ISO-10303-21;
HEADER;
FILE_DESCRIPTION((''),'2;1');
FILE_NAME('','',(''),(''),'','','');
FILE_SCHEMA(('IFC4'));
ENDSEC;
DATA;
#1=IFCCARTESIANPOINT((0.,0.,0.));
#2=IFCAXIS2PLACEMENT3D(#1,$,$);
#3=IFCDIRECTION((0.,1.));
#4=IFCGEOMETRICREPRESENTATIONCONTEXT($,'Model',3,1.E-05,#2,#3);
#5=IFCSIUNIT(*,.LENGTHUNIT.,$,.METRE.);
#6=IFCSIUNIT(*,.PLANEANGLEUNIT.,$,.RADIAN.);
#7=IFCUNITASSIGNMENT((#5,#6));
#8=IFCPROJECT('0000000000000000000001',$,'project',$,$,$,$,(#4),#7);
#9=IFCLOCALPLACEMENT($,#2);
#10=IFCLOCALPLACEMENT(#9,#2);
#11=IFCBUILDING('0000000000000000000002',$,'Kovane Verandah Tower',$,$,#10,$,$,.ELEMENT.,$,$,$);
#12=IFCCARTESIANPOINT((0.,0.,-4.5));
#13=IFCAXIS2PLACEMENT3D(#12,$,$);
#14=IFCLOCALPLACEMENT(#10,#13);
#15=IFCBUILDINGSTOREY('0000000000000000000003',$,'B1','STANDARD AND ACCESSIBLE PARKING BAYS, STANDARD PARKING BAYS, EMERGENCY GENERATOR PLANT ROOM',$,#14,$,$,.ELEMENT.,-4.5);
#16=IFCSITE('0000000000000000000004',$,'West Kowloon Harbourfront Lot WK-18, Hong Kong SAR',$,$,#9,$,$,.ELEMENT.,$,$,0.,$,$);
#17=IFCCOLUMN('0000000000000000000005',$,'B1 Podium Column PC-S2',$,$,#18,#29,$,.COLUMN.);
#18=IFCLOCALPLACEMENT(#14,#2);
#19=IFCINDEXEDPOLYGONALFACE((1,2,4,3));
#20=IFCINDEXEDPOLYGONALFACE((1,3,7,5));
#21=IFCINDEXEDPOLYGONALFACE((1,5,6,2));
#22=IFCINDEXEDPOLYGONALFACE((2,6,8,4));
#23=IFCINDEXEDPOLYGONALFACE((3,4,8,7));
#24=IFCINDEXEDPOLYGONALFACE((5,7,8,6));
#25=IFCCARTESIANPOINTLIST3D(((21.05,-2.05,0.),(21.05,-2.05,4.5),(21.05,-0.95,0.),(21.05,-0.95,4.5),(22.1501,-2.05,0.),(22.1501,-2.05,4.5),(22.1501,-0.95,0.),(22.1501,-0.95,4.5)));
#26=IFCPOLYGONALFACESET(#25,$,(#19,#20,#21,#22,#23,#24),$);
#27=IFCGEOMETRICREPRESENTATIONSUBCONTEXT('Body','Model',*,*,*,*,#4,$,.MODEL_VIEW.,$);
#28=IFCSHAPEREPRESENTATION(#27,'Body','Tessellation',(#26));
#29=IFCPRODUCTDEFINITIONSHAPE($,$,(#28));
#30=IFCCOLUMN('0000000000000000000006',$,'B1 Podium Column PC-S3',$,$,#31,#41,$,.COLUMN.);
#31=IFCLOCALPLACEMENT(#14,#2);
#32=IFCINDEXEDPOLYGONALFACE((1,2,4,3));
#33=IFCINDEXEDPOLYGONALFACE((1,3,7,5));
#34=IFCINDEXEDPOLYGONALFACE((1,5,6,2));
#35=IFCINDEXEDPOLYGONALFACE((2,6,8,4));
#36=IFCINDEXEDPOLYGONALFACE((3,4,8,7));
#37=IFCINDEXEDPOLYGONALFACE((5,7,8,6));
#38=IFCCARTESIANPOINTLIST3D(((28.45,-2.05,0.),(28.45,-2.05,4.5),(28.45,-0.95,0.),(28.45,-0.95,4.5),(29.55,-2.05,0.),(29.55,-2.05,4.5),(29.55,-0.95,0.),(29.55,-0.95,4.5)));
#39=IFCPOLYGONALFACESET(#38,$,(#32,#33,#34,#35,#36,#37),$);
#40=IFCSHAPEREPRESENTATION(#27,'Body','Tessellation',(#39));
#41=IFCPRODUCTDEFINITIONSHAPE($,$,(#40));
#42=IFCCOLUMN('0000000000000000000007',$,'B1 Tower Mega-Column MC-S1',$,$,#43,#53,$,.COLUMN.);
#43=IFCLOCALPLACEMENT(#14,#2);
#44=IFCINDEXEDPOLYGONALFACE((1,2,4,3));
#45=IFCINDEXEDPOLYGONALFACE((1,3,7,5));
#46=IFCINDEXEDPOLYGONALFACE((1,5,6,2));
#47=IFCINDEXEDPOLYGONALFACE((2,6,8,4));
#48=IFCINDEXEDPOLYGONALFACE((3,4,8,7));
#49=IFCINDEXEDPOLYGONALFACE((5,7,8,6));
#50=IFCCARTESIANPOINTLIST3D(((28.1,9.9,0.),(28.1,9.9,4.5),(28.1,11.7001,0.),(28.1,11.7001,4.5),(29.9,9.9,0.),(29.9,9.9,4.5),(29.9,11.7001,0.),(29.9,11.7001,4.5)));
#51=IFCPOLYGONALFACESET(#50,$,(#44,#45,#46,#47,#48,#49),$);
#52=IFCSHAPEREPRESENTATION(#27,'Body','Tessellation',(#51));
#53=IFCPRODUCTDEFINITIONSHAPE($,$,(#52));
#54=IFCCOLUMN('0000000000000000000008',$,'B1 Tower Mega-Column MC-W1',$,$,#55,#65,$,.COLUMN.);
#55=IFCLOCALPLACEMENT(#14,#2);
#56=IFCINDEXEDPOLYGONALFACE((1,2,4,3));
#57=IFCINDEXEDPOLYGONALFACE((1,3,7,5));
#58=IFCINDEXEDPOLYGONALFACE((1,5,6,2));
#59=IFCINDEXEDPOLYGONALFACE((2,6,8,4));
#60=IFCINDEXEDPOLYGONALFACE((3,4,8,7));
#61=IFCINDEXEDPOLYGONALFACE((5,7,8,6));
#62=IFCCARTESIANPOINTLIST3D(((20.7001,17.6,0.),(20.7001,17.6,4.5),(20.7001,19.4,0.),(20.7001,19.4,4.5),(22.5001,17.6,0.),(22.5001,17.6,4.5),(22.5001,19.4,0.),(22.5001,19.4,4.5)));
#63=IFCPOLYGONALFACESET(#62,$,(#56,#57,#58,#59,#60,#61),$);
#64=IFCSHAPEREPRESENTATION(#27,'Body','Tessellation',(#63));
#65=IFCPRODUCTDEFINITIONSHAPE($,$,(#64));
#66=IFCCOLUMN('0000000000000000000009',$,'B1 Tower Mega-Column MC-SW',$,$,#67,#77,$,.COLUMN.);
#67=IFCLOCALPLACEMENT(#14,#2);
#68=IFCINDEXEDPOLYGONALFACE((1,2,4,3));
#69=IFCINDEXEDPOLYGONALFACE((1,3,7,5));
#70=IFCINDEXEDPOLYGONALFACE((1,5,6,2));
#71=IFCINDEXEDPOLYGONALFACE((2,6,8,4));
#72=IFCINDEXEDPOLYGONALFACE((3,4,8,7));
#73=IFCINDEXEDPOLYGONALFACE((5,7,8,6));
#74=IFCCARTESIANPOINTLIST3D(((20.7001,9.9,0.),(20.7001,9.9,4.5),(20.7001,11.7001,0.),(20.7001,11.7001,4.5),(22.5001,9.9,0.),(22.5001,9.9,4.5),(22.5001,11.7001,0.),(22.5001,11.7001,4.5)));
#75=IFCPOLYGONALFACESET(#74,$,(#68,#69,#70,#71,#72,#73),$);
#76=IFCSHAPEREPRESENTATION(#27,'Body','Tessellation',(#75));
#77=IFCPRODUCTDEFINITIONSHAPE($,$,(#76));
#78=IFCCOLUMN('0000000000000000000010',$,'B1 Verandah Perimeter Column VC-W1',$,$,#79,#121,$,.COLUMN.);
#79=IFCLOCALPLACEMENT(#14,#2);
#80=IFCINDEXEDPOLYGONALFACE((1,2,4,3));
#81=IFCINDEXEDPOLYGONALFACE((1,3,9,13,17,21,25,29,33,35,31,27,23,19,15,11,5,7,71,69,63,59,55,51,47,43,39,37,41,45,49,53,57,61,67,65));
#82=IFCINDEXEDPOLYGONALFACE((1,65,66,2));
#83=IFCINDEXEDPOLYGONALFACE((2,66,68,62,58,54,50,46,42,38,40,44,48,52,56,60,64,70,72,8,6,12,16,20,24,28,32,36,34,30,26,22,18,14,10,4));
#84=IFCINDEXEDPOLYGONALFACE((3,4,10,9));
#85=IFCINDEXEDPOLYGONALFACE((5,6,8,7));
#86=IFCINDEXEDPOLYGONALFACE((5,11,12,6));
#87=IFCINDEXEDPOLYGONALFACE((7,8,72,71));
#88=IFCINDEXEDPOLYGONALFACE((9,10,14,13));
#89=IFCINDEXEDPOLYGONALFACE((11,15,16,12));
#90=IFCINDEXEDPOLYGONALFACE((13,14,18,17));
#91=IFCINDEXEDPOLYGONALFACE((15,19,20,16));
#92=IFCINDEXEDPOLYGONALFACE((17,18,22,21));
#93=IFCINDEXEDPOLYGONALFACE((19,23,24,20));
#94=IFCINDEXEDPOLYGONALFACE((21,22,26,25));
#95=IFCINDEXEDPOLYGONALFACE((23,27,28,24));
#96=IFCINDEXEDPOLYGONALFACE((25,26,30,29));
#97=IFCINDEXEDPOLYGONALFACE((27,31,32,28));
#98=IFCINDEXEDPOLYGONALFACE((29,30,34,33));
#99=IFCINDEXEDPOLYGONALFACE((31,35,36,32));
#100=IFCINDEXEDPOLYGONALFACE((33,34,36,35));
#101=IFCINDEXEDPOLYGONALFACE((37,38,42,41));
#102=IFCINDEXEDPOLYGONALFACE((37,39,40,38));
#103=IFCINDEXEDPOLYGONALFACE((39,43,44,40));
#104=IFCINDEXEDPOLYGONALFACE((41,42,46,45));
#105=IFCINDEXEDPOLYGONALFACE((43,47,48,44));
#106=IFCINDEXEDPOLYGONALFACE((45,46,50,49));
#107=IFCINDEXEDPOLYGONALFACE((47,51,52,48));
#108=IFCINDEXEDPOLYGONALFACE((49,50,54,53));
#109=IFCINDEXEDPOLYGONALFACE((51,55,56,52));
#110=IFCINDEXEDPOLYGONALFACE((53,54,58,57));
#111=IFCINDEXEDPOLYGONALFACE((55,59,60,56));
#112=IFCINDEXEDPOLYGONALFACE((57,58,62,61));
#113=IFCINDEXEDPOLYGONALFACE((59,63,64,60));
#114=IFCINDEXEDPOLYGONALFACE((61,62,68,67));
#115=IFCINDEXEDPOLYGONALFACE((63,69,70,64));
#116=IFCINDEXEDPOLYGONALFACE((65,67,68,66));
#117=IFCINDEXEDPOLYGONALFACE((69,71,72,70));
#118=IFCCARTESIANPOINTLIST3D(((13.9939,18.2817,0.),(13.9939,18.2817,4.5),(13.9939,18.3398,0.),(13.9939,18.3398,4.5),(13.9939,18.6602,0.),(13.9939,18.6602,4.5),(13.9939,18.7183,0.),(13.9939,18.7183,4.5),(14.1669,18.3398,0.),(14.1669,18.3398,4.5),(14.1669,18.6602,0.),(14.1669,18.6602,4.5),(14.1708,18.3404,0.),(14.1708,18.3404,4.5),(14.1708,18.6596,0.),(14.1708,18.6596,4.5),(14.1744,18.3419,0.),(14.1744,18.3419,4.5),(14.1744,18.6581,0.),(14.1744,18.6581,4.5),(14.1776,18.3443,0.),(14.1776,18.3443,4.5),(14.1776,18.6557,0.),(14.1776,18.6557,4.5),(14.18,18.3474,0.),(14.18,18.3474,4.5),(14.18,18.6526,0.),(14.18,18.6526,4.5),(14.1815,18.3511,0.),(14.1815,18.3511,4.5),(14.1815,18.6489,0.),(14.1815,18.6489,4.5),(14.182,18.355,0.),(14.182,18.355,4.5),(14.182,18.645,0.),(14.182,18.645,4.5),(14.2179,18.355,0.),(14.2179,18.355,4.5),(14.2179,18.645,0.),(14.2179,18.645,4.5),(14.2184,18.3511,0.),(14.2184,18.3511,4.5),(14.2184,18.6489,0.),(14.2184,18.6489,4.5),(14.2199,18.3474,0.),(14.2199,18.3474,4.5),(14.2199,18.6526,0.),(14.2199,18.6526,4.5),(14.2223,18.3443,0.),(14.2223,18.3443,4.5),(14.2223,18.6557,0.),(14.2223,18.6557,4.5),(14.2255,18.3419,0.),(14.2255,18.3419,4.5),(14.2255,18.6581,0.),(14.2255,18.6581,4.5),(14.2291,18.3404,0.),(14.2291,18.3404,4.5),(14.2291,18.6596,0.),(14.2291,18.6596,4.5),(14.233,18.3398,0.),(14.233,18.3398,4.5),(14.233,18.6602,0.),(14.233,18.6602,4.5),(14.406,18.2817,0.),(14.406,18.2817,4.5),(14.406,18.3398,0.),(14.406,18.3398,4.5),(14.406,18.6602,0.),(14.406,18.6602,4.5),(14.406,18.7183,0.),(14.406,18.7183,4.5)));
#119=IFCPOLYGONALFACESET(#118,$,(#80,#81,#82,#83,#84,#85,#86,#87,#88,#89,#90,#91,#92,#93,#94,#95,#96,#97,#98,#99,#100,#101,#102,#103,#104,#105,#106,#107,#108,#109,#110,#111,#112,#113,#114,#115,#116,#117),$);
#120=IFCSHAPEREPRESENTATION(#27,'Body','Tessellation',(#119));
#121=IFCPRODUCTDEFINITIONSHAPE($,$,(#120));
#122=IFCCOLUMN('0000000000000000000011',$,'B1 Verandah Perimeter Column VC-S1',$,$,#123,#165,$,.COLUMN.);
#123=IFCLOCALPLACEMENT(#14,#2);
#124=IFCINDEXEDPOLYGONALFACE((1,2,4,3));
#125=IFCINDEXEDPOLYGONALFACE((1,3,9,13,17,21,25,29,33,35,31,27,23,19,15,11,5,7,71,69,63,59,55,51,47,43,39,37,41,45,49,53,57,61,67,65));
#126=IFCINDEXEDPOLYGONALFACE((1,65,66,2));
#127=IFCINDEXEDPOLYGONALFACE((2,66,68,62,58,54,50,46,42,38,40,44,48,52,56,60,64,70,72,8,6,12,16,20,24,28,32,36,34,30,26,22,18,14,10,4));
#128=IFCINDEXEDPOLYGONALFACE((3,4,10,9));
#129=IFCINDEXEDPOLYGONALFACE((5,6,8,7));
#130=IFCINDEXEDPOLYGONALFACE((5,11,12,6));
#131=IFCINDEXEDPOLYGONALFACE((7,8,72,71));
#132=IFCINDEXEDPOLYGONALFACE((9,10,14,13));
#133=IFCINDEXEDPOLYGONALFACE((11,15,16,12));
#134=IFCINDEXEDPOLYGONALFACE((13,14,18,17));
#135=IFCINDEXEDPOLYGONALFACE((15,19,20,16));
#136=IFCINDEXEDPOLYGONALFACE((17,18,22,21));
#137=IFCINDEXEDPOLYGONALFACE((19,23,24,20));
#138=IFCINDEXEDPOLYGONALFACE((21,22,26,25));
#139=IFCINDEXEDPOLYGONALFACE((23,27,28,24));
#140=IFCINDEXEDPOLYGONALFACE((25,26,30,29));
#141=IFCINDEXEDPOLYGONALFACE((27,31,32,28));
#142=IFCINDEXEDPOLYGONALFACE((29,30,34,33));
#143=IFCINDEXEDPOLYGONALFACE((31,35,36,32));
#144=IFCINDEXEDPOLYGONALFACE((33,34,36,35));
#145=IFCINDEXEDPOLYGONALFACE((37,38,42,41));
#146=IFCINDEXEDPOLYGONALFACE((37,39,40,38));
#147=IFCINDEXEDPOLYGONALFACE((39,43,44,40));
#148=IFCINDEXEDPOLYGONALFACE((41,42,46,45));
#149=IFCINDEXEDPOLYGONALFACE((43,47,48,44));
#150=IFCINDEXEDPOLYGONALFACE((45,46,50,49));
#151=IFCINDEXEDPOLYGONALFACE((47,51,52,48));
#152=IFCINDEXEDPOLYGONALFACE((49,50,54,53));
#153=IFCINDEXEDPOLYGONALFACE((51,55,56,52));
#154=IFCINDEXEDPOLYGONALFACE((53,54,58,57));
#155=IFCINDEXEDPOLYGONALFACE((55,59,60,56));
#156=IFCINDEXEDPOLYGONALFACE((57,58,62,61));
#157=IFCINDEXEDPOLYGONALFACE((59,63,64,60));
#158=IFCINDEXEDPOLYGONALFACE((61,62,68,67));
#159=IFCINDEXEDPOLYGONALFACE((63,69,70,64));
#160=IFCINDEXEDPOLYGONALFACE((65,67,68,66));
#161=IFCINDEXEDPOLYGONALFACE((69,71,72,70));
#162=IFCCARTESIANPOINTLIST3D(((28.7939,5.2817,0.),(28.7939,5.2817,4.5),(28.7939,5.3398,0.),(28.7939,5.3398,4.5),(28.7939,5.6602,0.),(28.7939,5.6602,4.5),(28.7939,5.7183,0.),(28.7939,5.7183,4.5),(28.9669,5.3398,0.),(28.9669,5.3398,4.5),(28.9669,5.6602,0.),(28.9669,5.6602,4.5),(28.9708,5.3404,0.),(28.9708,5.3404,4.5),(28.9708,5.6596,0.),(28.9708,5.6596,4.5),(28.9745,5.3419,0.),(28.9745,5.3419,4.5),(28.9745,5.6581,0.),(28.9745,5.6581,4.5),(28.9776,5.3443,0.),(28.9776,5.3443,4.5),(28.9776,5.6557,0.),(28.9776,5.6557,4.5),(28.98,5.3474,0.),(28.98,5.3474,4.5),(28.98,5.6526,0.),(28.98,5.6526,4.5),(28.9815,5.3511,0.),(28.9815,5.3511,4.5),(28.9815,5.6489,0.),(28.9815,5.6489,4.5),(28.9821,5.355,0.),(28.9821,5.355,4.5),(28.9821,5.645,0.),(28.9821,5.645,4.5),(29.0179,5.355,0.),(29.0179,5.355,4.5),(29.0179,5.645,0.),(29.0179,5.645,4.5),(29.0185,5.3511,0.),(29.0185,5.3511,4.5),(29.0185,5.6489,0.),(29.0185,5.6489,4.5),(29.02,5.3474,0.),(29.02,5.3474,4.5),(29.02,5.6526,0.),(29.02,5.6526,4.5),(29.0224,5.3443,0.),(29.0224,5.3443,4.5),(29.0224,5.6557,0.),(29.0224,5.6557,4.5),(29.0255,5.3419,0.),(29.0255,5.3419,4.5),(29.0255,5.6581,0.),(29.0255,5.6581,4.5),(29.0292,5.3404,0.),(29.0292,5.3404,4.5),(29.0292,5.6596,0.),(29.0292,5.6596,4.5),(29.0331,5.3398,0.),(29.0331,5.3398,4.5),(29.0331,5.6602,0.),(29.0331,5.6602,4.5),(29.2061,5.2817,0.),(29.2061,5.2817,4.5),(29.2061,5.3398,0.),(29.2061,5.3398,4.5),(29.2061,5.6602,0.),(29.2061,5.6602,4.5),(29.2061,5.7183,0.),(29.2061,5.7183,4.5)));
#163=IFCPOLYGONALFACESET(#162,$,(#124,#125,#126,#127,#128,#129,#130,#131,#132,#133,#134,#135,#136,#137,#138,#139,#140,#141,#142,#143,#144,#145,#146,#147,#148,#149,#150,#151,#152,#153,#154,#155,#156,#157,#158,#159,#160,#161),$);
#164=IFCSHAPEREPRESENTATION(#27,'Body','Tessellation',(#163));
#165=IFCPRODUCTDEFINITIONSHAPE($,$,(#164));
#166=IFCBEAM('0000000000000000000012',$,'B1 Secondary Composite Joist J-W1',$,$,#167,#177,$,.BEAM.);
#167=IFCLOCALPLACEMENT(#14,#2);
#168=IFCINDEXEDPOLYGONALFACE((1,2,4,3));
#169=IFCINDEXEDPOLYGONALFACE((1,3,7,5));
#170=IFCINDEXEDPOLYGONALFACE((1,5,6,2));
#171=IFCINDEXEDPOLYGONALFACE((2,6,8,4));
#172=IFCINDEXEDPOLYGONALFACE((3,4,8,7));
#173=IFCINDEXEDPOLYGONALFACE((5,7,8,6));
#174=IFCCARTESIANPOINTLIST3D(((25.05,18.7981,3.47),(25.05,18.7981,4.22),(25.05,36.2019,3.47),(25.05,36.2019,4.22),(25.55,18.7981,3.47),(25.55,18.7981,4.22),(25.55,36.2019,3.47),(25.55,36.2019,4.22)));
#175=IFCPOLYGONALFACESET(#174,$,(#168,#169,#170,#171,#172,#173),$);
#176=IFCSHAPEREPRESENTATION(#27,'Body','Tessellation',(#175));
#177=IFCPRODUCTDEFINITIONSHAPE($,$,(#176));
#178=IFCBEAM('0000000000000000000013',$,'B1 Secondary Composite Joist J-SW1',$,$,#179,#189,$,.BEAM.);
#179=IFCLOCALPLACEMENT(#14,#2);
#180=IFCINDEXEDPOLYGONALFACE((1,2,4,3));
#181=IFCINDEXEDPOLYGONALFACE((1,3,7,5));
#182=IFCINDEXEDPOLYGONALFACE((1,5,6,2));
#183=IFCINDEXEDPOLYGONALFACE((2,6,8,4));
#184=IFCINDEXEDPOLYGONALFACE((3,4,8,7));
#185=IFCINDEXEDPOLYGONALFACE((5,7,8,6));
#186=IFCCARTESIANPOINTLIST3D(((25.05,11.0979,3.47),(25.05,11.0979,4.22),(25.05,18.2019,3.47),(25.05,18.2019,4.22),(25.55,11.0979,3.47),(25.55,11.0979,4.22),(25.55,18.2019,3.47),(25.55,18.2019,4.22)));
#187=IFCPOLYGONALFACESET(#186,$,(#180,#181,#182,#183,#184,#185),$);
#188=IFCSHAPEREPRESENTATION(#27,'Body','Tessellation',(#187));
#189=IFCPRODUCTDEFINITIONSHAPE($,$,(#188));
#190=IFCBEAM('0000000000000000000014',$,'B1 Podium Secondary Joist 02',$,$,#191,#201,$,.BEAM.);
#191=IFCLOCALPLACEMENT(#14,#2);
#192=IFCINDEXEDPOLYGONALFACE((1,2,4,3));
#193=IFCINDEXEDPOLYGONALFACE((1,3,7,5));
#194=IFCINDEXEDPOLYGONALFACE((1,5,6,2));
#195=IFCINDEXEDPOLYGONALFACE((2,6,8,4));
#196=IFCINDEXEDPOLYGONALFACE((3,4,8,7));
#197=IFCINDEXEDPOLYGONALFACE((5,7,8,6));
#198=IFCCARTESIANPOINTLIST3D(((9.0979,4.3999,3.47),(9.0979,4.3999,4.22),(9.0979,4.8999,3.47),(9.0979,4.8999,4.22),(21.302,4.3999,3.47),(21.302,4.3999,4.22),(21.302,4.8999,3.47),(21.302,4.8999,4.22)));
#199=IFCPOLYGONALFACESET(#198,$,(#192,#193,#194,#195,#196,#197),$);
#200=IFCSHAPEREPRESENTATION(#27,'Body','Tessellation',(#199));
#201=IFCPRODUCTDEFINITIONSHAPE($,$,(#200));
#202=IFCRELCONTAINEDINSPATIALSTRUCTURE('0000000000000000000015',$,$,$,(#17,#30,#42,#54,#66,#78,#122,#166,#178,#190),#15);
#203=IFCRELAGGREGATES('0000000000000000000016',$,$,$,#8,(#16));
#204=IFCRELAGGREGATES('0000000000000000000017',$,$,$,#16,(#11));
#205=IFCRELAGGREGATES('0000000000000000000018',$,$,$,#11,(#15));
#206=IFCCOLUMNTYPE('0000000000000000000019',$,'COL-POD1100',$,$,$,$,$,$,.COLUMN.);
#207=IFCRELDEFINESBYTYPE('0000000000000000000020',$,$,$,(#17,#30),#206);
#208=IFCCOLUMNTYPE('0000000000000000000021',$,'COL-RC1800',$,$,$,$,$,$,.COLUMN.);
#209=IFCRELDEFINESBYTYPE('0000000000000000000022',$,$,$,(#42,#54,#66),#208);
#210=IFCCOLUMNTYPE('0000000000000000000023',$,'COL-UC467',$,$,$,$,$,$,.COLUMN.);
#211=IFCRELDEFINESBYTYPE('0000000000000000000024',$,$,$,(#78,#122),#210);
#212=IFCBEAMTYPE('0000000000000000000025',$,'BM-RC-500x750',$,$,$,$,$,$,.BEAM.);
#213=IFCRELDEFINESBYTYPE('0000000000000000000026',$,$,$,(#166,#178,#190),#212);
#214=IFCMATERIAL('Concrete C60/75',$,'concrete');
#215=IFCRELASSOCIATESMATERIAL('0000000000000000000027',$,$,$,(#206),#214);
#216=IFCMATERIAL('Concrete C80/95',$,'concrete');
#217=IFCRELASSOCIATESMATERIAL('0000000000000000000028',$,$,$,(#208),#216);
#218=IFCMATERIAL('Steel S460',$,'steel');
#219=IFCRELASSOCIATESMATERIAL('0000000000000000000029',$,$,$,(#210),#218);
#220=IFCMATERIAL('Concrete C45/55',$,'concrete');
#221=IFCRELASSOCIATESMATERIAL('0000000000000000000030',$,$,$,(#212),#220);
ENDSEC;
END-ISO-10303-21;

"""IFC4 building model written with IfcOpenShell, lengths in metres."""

from ifc_helpers import new_model, si_unit, direction, frame, origin, origin_2d, place, context, subcontext, project, spatial, rectangle, i_section, extrude, material, material_profile, profile_set, type_object, element, save


model = new_model("IFC4")

# Units and contexts
model_context = context("Model", 3, precision=1e-05, world=origin(), true_north=direction((0.0, 1.0)))
body_context = subcontext(model_context, "Body", "Model", "MODEL_VIEW")
ifc_project = project(units=[si_unit("LENGTHUNIT", "METRE"), si_unit("PLANEANGLEUNIT", "RADIAN")], contexts=[model_context])

# Site, building, storey
site_placement = place(None, origin())
site = spatial("IfcSite", under=ifc_project, at=site_placement, Name="West Kowloon Harbourfront Lot WK-18, Hong Kong SAR", CompositionType="ELEMENT", RefElevation=0.0)
building_placement = place(site_placement, origin())
building = spatial("IfcBuilding", under=site, at=building_placement, Name="Kovane Verandah Tower", CompositionType="ELEMENT")
storey_placement = place(building_placement, frame((0.0, 0.0, -4.5)))
storey = spatial("IfcBuildingStorey", under=building, at=storey_placement, Name="B1", Description="STANDARD AND ACCESSIBLE PARKING BAYS, STANDARD PARKING BAYS, EMERGENCY GENERATOR PLANT ROOM", CompositionType="ELEMENT", Elevation=-4.5)

# Columns
ifc_material_1 = material(Name="Concrete C60/75", Category="concrete")
ifc_material_profile_1 = material_profile(ifc_material_1, rectangle(XDim=1.1001, YDim=1.1001, at=origin_2d()), Name="RC1100x1100")
ifc_profile_set_1 = profile_set([ifc_material_profile_1], Name="Concrete C60/75")
column_type_1 = type_object("IfcColumnType", Name="COL-POD1100", PredefinedType="COLUMN", material=ifc_profile_set_1)
for number, where, z_axis, x_axis, name in (
    (1, (21.6001, -1.5, 0.0), (0.0, 0.0, 1.0), (1.0, 0.0, 0.0), "B1 Podium Column PC-S2"),
    (2, (29.0, -1.5, 0.0), (0.0, 0.0, 1.0), (1.0, 0.0, 0.0), "B1 Podium Column PC-S3"),
):
    element("IfcColumn", number, at=place(storey_placement, frame(where, z_axis=z_axis, x_axis=x_axis)), inside=storey, type_object=column_type_1, Name=name, PredefinedType="COLUMN", context=body_context, shape_type="SweptSolid", body=[
        extrude(rectangle(XDim=1.1001, YDim=1.1001, at=origin_2d()), origin(), (0.0, 0.0, 1.0), 4.5),
    ])
ifc_material_2 = material(Name="Concrete C80/95", Category="concrete")
ifc_material_profile_2 = material_profile(ifc_material_2, rectangle(XDim=1.8, YDim=1.8, at=origin_2d()), Name="RC1800x1800")
ifc_profile_set_2 = profile_set([ifc_material_profile_2], Name="Concrete C80/95")
column_type_2 = type_object("IfcColumnType", Name="COL-RC1800", PredefinedType="COLUMN", material=ifc_profile_set_2)
for number, where, z_axis, x_axis, name in (
    (3, (29.0, 10.8, 0.0), (0.0, 0.0, 1.0), (1.0, 0.0, 0.0), "B1 Tower Mega-Column MC-S1"),
    (4, (21.6001, 18.5, 0.0), (0.0, 0.0, 1.0), (1.0, 0.0, 0.0), "B1 Tower Mega-Column MC-W1"),
    (5, (21.6001, 10.8, 0.0), (0.0, 0.0, 1.0), (1.0, 0.0, 0.0), "B1 Tower Mega-Column MC-SW"),
):
    element("IfcColumn", number, at=place(storey_placement, frame(where, z_axis=z_axis, x_axis=x_axis)), inside=storey, type_object=column_type_2, Name=name, PredefinedType="COLUMN", context=body_context, shape_type="SweptSolid", body=[
        extrude(rectangle(XDim=1.8, YDim=1.8, at=origin_2d()), origin(), (0.0, 0.0, 1.0), 4.5),
    ])
ifc_material_3 = material(Name="Steel S460", Category="steel")
ifc_material_profile_3 = material_profile(ifc_material_3, i_section(OverallWidth=0.4121, OverallDepth=0.4365, WebThickness=0.0359, FlangeThickness=0.0581, FilletRadius=0.0151, at=origin_2d()), Name="UC356x406x467")
ifc_profile_set_3 = profile_set([ifc_material_profile_3], Name="Steel S460")
column_type_3 = type_object("IfcColumnType", Name="COL-UC467", PredefinedType="COLUMN", material=ifc_profile_set_3)
for number, where, z_axis, x_axis, name in (
    (6, (14.2, 18.5, 0.0), (0.0, 0.0, 1.0), (1.0, 0.0, 0.0), "B1 Verandah Perimeter Column VC-W1"),
    (7, (29.0, 5.5, 0.0), (0.0, 0.0, 1.0), (1.0, 0.0, 0.0), "B1 Verandah Perimeter Column VC-S1"),
):
    element("IfcColumn", number, at=place(storey_placement, frame(where, z_axis=z_axis, x_axis=x_axis)), inside=storey, type_object=column_type_3, Name=name, PredefinedType="COLUMN", context=body_context, shape_type="SweptSolid", body=[
        extrude(i_section(OverallWidth=0.4121, OverallDepth=0.4365, WebThickness=0.0359, FlangeThickness=0.0581, FilletRadius=0.0151, at=origin_2d()), origin(), (0.0, 0.0, 1.0), 4.5),
    ])

# Beams
ifc_material_4 = material(Name="Concrete C45/55", Category="concrete")
ifc_material_profile_4 = material_profile(ifc_material_4, rectangle(XDim=0.5, YDim=0.75, at=origin_2d()), Name="RCB500x750")
ifc_profile_set_4 = profile_set([ifc_material_profile_4], Name="Concrete C45/55")
beam_type_1 = type_object("IfcBeamType", Name="BM-RC-500x750", PredefinedType="BEAM", material=ifc_profile_set_4)
beam_1_placement = place(storey_placement, frame((25.3, 18.7981, 3.845), z_axis=(0.0, 1.0, 0.0), x_axis=(-1.0, 0.0, 0.0)))
element("IfcBeam", 8, at=beam_1_placement, inside=storey, type_object=beam_type_1, Name="B1 Secondary Composite Joist J-W1", PredefinedType="BEAM", context=body_context, shape_type="SweptSolid", body=[
    extrude(rectangle(XDim=0.5, YDim=0.75, at=origin_2d()), origin(), (0.0, 0.0, 1.0), 17.4038),
])
beam_2_placement = place(storey_placement, frame((25.3, 11.0979, 3.845), z_axis=(0.0, 1.0, 0.0), x_axis=(-1.0, 0.0, 0.0)))
element("IfcBeam", 9, at=beam_2_placement, inside=storey, type_object=beam_type_1, Name="B1 Secondary Composite Joist J-SW1", PredefinedType="BEAM", context=body_context, shape_type="SweptSolid", body=[
    extrude(rectangle(XDim=0.5, YDim=0.75, at=origin_2d()), origin(), (0.0, 0.0, 1.0), 7.104),
])
beam_3_placement = place(storey_placement, frame((9.0979, 4.6499, 3.845), z_axis=(1.0, 0.0, 0.0), x_axis=(0.0, 1.0, 0.0)))
element("IfcBeam", 10, at=beam_3_placement, inside=storey, type_object=beam_type_1, Name="B1 Podium Secondary Joist 02", PredefinedType="BEAM", context=body_context, shape_type="SweptSolid", body=[
    extrude(rectangle(XDim=0.5, YDim=0.75, at=origin_2d()), origin(), (0.0, 0.0, 1.0), 12.2041),
])

save(model, "model.ifc")
